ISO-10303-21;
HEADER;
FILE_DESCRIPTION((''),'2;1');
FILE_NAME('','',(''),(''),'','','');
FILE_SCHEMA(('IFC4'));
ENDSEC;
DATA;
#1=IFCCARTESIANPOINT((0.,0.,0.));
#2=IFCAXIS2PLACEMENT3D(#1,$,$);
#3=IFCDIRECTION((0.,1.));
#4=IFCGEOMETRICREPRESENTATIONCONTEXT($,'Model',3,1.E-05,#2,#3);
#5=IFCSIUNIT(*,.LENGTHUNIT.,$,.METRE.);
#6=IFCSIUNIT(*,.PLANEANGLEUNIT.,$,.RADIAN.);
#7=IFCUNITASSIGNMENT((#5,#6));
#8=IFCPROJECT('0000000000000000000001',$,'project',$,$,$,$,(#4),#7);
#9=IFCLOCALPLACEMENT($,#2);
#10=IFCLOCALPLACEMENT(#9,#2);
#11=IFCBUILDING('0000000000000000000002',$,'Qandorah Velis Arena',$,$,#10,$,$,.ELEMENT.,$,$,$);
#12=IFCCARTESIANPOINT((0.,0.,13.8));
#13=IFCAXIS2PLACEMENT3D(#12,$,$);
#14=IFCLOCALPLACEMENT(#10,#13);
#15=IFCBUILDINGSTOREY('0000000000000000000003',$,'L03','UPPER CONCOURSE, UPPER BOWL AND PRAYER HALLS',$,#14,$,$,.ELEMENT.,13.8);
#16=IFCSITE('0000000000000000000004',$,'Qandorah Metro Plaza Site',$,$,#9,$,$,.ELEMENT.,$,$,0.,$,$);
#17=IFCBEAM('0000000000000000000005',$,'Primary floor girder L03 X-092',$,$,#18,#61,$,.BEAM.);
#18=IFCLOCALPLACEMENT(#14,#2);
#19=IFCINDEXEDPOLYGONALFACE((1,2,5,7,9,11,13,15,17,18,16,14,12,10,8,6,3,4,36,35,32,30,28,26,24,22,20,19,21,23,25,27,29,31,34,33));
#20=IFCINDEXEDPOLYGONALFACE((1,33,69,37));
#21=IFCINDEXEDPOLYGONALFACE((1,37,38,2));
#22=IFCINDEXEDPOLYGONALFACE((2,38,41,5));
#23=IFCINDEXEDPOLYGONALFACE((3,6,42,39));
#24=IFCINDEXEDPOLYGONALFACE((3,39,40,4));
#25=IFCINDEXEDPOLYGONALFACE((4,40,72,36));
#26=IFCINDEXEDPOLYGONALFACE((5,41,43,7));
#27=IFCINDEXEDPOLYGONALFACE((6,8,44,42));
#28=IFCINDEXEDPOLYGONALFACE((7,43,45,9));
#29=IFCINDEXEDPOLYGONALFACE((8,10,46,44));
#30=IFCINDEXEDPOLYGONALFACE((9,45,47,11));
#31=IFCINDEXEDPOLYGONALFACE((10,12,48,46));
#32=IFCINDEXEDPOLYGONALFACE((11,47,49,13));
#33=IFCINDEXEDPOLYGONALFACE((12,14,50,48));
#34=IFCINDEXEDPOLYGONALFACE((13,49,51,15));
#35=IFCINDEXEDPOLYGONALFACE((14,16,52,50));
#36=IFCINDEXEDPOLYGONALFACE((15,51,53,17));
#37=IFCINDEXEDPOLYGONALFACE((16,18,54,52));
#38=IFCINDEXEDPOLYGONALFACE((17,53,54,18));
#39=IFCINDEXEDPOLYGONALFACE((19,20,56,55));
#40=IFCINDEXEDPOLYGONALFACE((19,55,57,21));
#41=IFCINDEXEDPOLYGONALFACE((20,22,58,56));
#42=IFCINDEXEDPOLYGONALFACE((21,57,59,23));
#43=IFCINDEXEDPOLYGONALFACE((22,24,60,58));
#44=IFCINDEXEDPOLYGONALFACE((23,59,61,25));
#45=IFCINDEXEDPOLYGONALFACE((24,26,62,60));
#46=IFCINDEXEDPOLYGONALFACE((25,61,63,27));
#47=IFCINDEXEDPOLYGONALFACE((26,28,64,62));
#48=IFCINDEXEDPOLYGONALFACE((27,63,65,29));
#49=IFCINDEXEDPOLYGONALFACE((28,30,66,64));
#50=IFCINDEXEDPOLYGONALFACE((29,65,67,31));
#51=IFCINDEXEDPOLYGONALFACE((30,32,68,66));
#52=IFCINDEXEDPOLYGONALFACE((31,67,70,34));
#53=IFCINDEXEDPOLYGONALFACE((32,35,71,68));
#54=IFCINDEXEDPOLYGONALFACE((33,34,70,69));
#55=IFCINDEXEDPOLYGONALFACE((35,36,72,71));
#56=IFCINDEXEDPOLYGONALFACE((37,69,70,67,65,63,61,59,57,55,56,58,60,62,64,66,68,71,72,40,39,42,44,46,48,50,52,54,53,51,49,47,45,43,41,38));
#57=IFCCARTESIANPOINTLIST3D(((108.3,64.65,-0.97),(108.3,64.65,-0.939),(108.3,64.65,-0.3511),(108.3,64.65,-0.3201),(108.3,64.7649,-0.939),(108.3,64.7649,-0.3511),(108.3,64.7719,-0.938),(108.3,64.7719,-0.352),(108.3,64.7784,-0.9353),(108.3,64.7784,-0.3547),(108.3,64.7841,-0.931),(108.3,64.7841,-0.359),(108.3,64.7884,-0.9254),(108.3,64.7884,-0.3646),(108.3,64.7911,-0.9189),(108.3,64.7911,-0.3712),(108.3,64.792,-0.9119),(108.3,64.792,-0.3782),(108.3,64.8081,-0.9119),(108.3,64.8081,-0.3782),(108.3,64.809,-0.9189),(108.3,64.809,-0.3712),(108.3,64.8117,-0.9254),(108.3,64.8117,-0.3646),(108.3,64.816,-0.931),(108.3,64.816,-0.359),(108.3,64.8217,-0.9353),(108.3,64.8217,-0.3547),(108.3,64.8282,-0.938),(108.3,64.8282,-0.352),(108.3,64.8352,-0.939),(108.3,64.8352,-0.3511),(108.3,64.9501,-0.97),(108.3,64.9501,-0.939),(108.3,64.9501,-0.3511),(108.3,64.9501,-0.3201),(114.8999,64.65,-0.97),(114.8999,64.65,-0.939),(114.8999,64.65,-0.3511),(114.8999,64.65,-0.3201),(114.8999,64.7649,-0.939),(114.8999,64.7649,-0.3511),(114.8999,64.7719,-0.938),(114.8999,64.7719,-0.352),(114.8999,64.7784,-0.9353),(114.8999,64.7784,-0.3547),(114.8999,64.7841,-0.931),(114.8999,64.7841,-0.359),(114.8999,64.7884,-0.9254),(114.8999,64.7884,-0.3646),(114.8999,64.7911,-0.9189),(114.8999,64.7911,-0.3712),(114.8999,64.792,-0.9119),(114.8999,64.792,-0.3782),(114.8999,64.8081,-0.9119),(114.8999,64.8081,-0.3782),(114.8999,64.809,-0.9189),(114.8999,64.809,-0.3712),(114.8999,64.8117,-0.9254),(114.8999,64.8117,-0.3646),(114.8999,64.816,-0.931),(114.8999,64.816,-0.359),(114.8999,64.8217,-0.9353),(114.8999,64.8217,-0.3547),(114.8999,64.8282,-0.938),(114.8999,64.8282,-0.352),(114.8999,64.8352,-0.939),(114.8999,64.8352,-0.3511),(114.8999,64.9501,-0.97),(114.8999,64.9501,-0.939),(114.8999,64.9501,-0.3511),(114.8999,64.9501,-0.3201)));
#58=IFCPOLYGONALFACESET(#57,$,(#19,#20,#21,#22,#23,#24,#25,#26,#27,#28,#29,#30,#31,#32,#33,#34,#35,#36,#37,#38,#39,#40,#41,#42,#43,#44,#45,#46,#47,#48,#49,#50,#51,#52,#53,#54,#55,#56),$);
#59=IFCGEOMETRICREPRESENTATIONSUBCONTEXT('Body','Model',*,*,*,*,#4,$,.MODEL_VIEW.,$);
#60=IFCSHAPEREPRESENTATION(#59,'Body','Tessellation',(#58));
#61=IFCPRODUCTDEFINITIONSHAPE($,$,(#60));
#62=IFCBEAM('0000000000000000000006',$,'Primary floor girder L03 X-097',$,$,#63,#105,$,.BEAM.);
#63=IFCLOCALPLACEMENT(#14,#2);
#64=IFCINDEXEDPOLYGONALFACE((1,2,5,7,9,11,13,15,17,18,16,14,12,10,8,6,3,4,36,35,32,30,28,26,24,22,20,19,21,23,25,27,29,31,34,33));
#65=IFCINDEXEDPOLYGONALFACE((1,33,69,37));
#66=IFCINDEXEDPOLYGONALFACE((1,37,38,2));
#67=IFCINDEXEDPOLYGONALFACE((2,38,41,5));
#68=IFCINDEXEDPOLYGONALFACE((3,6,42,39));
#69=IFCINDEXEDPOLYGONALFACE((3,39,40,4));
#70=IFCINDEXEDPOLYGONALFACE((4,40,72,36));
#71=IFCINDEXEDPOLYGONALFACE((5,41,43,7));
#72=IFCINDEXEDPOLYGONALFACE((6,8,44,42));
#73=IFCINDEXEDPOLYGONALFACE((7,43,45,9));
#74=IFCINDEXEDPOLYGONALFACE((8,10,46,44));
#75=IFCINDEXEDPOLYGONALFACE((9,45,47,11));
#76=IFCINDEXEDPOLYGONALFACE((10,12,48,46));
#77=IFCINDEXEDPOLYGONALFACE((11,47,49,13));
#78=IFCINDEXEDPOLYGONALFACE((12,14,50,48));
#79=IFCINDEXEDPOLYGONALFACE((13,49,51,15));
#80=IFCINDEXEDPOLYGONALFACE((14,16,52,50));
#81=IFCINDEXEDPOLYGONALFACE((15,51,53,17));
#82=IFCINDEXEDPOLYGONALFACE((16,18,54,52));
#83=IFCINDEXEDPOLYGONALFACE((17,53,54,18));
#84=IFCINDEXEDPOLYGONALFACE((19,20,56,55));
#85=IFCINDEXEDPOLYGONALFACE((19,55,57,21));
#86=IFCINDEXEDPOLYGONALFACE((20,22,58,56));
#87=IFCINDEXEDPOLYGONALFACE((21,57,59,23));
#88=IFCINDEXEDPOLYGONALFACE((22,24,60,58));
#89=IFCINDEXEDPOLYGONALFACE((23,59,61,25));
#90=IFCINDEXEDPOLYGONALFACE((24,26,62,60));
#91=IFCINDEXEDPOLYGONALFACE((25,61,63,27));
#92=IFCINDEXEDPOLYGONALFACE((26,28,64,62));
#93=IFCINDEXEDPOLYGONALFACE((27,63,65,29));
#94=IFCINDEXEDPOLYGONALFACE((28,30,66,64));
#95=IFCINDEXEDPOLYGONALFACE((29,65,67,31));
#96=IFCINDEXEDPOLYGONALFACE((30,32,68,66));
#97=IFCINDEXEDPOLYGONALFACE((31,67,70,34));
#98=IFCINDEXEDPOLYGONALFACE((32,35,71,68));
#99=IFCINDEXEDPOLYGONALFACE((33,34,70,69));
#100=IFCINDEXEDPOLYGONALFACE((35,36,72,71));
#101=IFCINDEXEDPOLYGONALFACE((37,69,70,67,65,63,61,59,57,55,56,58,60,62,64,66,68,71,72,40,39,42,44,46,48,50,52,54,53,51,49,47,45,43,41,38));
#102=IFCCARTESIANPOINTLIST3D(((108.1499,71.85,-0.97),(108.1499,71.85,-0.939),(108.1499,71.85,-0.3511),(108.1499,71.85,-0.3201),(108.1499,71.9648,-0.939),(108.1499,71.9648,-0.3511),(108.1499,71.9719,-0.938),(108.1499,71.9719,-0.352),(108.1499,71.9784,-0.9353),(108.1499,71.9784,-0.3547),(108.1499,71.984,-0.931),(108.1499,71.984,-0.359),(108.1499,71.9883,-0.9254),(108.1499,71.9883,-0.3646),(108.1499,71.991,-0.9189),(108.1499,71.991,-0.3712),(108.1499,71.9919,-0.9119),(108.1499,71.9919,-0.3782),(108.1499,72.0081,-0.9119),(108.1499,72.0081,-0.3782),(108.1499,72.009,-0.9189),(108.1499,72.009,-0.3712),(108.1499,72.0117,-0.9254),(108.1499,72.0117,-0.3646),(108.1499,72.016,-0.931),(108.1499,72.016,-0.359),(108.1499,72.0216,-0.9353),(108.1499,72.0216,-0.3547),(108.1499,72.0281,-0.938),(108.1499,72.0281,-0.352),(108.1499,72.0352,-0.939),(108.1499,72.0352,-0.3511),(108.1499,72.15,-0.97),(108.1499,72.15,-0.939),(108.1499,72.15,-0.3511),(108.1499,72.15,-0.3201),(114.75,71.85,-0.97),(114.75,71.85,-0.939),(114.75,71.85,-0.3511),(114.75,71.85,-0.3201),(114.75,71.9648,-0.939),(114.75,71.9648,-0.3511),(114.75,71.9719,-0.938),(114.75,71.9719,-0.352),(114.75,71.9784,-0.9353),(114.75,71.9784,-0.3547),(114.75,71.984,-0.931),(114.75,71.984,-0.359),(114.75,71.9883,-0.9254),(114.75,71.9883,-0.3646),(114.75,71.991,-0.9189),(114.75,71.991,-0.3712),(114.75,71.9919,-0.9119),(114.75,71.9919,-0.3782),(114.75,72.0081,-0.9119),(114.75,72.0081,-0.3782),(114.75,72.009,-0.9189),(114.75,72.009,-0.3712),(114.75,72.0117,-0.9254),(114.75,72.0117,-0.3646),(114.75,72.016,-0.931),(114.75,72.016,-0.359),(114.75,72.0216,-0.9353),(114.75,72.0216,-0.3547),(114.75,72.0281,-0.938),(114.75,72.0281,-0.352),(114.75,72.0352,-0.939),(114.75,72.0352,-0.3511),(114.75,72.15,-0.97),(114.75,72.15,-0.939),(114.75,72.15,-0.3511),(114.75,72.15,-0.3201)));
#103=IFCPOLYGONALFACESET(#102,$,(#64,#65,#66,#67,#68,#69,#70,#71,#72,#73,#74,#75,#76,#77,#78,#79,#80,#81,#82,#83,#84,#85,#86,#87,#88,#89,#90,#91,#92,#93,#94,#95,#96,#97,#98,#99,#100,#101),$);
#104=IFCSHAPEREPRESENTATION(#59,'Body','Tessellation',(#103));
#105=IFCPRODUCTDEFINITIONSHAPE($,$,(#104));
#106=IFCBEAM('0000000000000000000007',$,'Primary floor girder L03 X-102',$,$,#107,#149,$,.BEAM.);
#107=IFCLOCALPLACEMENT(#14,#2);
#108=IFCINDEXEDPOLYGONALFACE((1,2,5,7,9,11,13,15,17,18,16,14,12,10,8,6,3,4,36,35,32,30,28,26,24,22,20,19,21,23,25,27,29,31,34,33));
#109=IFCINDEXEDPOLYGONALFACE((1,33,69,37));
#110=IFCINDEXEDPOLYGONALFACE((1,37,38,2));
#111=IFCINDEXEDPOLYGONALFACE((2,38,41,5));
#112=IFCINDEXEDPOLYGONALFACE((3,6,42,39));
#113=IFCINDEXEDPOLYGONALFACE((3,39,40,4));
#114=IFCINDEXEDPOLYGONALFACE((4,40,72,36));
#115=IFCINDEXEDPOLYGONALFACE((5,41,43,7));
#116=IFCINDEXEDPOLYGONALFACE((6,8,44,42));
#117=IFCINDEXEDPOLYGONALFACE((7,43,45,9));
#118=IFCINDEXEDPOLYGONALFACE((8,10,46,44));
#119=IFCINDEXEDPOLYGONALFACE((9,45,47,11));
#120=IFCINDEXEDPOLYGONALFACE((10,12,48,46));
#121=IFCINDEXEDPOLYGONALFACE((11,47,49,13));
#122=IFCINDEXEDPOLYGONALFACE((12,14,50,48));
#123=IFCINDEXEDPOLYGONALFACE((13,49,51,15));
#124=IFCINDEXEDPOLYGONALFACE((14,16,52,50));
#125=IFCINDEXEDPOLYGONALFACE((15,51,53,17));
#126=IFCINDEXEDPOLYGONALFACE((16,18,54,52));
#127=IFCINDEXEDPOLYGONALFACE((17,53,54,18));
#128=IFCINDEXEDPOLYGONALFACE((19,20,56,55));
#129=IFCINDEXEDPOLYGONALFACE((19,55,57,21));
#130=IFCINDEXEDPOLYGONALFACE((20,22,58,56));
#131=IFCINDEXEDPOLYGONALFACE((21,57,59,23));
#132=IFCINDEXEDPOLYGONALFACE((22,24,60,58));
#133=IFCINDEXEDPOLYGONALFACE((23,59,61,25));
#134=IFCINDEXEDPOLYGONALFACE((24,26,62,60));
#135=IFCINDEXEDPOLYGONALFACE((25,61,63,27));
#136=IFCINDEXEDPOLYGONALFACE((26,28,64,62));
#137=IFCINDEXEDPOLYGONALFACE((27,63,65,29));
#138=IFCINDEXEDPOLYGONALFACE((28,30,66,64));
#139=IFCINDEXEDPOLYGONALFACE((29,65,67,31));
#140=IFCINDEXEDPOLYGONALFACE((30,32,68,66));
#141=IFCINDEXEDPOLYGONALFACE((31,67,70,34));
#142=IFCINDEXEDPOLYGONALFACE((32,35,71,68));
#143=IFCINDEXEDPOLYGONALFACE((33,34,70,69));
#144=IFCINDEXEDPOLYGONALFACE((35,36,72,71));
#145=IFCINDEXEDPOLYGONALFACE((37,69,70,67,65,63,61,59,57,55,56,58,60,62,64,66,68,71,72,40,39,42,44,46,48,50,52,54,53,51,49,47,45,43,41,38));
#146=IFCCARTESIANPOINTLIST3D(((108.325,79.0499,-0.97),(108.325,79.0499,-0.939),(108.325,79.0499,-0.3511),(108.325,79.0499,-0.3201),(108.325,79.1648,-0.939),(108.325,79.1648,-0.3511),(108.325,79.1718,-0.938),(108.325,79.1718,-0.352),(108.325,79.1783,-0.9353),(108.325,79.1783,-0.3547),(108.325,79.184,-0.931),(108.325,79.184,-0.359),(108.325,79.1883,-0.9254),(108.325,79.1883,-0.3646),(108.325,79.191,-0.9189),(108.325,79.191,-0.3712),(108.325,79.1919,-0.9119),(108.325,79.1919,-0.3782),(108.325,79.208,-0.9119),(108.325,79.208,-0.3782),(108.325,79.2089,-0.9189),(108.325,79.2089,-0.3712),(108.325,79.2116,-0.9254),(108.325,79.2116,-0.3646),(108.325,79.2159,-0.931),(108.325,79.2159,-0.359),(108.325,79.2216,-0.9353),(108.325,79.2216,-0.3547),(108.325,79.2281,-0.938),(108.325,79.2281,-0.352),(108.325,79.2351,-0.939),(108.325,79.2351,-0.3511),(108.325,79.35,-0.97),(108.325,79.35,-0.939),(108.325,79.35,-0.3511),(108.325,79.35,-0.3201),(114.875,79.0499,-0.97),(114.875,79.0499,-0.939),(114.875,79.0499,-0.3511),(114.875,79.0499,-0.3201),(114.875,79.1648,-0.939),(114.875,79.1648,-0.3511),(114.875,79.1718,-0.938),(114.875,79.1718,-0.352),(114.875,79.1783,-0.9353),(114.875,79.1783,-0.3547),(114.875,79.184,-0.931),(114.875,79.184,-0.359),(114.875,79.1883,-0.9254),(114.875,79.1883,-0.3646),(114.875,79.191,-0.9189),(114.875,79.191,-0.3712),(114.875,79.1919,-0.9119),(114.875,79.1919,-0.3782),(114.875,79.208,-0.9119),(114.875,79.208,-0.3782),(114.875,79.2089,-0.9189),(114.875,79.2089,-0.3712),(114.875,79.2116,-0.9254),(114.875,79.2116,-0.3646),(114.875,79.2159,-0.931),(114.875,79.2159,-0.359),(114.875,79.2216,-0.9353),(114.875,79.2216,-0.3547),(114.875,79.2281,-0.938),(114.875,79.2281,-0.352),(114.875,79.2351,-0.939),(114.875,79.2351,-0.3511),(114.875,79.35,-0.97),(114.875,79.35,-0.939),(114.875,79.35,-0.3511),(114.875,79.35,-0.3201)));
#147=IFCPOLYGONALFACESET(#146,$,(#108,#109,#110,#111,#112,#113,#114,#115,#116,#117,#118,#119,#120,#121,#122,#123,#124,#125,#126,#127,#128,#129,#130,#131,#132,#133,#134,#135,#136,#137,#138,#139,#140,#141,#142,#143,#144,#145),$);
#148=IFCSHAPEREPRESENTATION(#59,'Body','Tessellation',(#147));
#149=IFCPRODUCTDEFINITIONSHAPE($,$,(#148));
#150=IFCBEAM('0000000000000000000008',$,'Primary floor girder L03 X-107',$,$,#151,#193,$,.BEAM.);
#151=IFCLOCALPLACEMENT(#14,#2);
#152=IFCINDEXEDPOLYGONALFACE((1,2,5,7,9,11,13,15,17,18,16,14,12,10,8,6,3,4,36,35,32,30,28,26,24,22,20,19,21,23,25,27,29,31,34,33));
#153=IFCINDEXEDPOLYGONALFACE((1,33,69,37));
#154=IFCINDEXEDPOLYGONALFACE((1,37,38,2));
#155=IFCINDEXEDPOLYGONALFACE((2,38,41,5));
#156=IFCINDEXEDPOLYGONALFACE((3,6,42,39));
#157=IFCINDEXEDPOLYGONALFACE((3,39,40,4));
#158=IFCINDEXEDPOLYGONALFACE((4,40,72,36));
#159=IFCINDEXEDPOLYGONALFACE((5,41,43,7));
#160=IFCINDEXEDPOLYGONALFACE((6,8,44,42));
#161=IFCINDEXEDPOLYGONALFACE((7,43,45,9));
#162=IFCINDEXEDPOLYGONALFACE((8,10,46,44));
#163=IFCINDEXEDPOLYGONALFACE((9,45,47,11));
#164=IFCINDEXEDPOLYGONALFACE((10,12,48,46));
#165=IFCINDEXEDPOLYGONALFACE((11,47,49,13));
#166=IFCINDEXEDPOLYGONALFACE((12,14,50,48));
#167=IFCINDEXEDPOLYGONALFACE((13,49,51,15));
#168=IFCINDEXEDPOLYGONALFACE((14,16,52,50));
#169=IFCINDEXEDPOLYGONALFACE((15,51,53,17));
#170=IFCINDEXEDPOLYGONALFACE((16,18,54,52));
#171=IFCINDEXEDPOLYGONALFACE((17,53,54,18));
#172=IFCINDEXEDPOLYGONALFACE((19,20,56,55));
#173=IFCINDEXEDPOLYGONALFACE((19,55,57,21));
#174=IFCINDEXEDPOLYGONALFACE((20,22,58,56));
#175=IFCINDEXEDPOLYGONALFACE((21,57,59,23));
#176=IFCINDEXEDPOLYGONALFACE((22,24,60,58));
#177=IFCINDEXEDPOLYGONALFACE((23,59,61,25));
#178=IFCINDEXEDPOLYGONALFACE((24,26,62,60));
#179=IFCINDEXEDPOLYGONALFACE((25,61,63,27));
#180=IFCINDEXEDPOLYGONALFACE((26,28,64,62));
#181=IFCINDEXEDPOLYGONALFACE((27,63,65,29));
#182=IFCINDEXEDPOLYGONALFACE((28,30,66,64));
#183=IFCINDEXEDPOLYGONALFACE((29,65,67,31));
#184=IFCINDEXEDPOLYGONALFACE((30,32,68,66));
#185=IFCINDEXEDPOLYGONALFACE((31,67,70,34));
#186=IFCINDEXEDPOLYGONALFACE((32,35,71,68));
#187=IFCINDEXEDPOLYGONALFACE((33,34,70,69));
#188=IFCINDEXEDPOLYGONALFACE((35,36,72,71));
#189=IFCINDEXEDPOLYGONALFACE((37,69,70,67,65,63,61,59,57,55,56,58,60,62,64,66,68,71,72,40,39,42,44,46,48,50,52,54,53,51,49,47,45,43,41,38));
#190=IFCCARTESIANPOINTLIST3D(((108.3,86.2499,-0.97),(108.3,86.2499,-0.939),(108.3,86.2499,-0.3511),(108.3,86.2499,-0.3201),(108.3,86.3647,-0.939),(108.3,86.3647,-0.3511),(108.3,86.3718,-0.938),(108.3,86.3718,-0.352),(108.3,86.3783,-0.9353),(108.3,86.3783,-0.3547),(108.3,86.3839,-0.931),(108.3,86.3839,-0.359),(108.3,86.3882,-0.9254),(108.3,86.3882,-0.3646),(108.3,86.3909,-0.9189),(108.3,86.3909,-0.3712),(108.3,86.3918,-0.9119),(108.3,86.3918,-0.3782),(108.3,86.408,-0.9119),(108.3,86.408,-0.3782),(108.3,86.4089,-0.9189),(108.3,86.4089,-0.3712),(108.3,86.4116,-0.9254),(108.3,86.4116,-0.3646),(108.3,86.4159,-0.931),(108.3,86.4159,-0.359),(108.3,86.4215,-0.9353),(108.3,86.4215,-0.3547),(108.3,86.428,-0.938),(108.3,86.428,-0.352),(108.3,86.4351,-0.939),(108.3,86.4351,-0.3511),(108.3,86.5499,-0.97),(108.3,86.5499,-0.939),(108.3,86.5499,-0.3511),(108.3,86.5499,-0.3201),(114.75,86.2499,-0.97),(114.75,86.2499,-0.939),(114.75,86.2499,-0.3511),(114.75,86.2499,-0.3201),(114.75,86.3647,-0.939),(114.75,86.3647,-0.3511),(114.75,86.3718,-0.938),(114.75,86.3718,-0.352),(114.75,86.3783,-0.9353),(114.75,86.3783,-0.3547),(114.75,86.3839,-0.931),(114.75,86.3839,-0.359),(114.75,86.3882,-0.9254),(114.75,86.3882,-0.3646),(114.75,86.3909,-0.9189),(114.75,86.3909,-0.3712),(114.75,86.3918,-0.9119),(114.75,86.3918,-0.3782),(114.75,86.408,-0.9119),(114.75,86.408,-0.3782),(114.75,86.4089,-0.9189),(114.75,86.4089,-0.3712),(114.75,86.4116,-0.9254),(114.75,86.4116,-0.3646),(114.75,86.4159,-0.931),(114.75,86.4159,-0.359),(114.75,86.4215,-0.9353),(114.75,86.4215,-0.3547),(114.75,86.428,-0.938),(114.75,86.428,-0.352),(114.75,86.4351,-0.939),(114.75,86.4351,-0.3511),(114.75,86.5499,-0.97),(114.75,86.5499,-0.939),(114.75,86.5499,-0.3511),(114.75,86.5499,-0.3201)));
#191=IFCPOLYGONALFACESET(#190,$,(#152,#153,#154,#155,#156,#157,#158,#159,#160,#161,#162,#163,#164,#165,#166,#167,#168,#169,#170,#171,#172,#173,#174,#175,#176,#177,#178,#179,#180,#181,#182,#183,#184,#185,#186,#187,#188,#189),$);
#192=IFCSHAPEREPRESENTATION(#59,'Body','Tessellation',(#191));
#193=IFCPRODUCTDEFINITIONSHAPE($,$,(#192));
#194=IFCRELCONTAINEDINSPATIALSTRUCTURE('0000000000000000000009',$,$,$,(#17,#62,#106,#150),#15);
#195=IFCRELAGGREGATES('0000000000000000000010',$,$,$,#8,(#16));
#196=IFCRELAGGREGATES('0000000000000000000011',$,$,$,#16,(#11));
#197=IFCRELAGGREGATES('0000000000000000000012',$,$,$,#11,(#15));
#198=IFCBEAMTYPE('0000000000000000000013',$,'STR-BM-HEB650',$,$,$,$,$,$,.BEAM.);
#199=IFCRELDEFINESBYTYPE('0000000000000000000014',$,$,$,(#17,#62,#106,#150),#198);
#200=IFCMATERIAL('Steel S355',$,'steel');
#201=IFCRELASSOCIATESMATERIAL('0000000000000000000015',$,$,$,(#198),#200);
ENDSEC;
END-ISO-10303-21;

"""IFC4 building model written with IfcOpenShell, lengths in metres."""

from ifc_helpers import new_model, si_unit, direction, frame, origin, origin_2d, place, context, subcontext, project, spatial, i_section, extrude, material, material_profile, profile_set, type_object, element, save


model = new_model("IFC4")

# Units and contexts
model_context = context("Model", 3, precision=1e-05, world=origin(), true_north=direction((0.0, 1.0)))
body_context = subcontext(model_context, "Body", "Model", "MODEL_VIEW")
ifc_project = project(units=[si_unit("LENGTHUNIT", "METRE"), si_unit("PLANEANGLEUNIT", "RADIAN")], contexts=[model_context])

# Site, building, storey
site_placement = place(None, origin())
site = spatial("IfcSite", under=ifc_project, at=site_placement, Name="Qandorah Metro Plaza Site", CompositionType="ELEMENT", RefElevation=0.0)
building_placement = place(site_placement, origin())
building = spatial("IfcBuilding", under=site, at=building_placement, Name="Qandorah Velis Arena", CompositionType="ELEMENT")
storey_placement = place(building_placement, frame((0.0, 0.0, 13.8)))
storey = spatial("IfcBuildingStorey", under=building, at=storey_placement, Name="L03", Description="UPPER CONCOURSE, UPPER BOWL AND PRAYER HALLS", CompositionType="ELEMENT", Elevation=13.8)

# Beams
ifc_material_1 = material(Name="Steel S355", Category="steel")
ifc_material_profile_1 = material_profile(ifc_material_1, i_section(OverallWidth=0.3, OverallDepth=0.6499, WebThickness=0.0161, FlangeThickness=0.031, FilletRadius=0.0271, at=origin_2d()), Name="HEB 650")
ifc_profile_set_1 = profile_set([ifc_material_profile_1], Name="Steel S355")
beam_type_1 = type_object("IfcBeamType", Name="STR-BM-HEB650", PredefinedType="BEAM", material=ifc_profile_set_1)
beam_1_placement = place(storey_placement, frame((108.3, 64.8, -0.645), z_axis=(1.0, 0.0, 0.0), x_axis=(0.0, 1.0, 0.0)))
element("IfcBeam", 1, at=beam_1_placement, inside=storey, type_object=beam_type_1, Name="Primary floor girder L03 X-092", PredefinedType="BEAM", context=body_context, shape_type="SweptSolid", body=[
    extrude(i_section(OverallWidth=0.3, OverallDepth=0.6499, WebThickness=0.0161, FlangeThickness=0.031, FilletRadius=0.0271, at=origin_2d()), origin(), (0.0, 0.0, 1.0), 6.5999),
])
beam_2_placement = place(storey_placement, frame((108.1499, 72.0, -0.645), z_axis=(1.0, 0.0, 0.0), x_axis=(0.0, 1.0, 0.0)))
element("IfcBeam", 2, at=beam_2_placement, inside=storey, type_object=beam_type_1, Name="Primary floor girder L03 X-097", PredefinedType="BEAM", context=body_context, shape_type="SweptSolid", body=[
    extrude(i_section(OverallWidth=0.3, OverallDepth=0.6499, WebThickness=0.0161, FlangeThickness=0.031, FilletRadius=0.0271, at=origin_2d()), origin(), (0.0, 0.0, 1.0), 6.6001),
])
beam_3_placement = place(storey_placement, frame((108.325, 79.2, -0.645), z_axis=(1.0, 0.0, 0.0), x_axis=(0.0, 1.0, 0.0)))
element("IfcBeam", 3, at=beam_3_placement, inside=storey, type_object=beam_type_1, Name="Primary floor girder L03 X-102", PredefinedType="BEAM", context=body_context, shape_type="SweptSolid", body=[
    extrude(i_section(OverallWidth=0.3, OverallDepth=0.6499, WebThickness=0.0161, FlangeThickness=0.031, FilletRadius=0.0271, at=origin_2d()), origin(), (0.0, 0.0, 1.0), 6.55),
])
beam_4_placement = place(storey_placement, frame((108.3, 86.3999, -0.645), z_axis=(1.0, 0.0, 0.0), x_axis=(0.0, 1.0, 0.0)))
element("IfcBeam", 4, at=beam_4_placement, inside=storey, type_object=beam_type_1, Name="Primary floor girder L03 X-107", PredefinedType="BEAM", context=body_context, shape_type="SweptSolid", body=[
    extrude(i_section(OverallWidth=0.3, OverallDepth=0.6499, WebThickness=0.0161, FlangeThickness=0.031, FilletRadius=0.0271, at=origin_2d()), origin(), (0.0, 0.0, 1.0), 6.45),
])

save(model, "model.ifc")
